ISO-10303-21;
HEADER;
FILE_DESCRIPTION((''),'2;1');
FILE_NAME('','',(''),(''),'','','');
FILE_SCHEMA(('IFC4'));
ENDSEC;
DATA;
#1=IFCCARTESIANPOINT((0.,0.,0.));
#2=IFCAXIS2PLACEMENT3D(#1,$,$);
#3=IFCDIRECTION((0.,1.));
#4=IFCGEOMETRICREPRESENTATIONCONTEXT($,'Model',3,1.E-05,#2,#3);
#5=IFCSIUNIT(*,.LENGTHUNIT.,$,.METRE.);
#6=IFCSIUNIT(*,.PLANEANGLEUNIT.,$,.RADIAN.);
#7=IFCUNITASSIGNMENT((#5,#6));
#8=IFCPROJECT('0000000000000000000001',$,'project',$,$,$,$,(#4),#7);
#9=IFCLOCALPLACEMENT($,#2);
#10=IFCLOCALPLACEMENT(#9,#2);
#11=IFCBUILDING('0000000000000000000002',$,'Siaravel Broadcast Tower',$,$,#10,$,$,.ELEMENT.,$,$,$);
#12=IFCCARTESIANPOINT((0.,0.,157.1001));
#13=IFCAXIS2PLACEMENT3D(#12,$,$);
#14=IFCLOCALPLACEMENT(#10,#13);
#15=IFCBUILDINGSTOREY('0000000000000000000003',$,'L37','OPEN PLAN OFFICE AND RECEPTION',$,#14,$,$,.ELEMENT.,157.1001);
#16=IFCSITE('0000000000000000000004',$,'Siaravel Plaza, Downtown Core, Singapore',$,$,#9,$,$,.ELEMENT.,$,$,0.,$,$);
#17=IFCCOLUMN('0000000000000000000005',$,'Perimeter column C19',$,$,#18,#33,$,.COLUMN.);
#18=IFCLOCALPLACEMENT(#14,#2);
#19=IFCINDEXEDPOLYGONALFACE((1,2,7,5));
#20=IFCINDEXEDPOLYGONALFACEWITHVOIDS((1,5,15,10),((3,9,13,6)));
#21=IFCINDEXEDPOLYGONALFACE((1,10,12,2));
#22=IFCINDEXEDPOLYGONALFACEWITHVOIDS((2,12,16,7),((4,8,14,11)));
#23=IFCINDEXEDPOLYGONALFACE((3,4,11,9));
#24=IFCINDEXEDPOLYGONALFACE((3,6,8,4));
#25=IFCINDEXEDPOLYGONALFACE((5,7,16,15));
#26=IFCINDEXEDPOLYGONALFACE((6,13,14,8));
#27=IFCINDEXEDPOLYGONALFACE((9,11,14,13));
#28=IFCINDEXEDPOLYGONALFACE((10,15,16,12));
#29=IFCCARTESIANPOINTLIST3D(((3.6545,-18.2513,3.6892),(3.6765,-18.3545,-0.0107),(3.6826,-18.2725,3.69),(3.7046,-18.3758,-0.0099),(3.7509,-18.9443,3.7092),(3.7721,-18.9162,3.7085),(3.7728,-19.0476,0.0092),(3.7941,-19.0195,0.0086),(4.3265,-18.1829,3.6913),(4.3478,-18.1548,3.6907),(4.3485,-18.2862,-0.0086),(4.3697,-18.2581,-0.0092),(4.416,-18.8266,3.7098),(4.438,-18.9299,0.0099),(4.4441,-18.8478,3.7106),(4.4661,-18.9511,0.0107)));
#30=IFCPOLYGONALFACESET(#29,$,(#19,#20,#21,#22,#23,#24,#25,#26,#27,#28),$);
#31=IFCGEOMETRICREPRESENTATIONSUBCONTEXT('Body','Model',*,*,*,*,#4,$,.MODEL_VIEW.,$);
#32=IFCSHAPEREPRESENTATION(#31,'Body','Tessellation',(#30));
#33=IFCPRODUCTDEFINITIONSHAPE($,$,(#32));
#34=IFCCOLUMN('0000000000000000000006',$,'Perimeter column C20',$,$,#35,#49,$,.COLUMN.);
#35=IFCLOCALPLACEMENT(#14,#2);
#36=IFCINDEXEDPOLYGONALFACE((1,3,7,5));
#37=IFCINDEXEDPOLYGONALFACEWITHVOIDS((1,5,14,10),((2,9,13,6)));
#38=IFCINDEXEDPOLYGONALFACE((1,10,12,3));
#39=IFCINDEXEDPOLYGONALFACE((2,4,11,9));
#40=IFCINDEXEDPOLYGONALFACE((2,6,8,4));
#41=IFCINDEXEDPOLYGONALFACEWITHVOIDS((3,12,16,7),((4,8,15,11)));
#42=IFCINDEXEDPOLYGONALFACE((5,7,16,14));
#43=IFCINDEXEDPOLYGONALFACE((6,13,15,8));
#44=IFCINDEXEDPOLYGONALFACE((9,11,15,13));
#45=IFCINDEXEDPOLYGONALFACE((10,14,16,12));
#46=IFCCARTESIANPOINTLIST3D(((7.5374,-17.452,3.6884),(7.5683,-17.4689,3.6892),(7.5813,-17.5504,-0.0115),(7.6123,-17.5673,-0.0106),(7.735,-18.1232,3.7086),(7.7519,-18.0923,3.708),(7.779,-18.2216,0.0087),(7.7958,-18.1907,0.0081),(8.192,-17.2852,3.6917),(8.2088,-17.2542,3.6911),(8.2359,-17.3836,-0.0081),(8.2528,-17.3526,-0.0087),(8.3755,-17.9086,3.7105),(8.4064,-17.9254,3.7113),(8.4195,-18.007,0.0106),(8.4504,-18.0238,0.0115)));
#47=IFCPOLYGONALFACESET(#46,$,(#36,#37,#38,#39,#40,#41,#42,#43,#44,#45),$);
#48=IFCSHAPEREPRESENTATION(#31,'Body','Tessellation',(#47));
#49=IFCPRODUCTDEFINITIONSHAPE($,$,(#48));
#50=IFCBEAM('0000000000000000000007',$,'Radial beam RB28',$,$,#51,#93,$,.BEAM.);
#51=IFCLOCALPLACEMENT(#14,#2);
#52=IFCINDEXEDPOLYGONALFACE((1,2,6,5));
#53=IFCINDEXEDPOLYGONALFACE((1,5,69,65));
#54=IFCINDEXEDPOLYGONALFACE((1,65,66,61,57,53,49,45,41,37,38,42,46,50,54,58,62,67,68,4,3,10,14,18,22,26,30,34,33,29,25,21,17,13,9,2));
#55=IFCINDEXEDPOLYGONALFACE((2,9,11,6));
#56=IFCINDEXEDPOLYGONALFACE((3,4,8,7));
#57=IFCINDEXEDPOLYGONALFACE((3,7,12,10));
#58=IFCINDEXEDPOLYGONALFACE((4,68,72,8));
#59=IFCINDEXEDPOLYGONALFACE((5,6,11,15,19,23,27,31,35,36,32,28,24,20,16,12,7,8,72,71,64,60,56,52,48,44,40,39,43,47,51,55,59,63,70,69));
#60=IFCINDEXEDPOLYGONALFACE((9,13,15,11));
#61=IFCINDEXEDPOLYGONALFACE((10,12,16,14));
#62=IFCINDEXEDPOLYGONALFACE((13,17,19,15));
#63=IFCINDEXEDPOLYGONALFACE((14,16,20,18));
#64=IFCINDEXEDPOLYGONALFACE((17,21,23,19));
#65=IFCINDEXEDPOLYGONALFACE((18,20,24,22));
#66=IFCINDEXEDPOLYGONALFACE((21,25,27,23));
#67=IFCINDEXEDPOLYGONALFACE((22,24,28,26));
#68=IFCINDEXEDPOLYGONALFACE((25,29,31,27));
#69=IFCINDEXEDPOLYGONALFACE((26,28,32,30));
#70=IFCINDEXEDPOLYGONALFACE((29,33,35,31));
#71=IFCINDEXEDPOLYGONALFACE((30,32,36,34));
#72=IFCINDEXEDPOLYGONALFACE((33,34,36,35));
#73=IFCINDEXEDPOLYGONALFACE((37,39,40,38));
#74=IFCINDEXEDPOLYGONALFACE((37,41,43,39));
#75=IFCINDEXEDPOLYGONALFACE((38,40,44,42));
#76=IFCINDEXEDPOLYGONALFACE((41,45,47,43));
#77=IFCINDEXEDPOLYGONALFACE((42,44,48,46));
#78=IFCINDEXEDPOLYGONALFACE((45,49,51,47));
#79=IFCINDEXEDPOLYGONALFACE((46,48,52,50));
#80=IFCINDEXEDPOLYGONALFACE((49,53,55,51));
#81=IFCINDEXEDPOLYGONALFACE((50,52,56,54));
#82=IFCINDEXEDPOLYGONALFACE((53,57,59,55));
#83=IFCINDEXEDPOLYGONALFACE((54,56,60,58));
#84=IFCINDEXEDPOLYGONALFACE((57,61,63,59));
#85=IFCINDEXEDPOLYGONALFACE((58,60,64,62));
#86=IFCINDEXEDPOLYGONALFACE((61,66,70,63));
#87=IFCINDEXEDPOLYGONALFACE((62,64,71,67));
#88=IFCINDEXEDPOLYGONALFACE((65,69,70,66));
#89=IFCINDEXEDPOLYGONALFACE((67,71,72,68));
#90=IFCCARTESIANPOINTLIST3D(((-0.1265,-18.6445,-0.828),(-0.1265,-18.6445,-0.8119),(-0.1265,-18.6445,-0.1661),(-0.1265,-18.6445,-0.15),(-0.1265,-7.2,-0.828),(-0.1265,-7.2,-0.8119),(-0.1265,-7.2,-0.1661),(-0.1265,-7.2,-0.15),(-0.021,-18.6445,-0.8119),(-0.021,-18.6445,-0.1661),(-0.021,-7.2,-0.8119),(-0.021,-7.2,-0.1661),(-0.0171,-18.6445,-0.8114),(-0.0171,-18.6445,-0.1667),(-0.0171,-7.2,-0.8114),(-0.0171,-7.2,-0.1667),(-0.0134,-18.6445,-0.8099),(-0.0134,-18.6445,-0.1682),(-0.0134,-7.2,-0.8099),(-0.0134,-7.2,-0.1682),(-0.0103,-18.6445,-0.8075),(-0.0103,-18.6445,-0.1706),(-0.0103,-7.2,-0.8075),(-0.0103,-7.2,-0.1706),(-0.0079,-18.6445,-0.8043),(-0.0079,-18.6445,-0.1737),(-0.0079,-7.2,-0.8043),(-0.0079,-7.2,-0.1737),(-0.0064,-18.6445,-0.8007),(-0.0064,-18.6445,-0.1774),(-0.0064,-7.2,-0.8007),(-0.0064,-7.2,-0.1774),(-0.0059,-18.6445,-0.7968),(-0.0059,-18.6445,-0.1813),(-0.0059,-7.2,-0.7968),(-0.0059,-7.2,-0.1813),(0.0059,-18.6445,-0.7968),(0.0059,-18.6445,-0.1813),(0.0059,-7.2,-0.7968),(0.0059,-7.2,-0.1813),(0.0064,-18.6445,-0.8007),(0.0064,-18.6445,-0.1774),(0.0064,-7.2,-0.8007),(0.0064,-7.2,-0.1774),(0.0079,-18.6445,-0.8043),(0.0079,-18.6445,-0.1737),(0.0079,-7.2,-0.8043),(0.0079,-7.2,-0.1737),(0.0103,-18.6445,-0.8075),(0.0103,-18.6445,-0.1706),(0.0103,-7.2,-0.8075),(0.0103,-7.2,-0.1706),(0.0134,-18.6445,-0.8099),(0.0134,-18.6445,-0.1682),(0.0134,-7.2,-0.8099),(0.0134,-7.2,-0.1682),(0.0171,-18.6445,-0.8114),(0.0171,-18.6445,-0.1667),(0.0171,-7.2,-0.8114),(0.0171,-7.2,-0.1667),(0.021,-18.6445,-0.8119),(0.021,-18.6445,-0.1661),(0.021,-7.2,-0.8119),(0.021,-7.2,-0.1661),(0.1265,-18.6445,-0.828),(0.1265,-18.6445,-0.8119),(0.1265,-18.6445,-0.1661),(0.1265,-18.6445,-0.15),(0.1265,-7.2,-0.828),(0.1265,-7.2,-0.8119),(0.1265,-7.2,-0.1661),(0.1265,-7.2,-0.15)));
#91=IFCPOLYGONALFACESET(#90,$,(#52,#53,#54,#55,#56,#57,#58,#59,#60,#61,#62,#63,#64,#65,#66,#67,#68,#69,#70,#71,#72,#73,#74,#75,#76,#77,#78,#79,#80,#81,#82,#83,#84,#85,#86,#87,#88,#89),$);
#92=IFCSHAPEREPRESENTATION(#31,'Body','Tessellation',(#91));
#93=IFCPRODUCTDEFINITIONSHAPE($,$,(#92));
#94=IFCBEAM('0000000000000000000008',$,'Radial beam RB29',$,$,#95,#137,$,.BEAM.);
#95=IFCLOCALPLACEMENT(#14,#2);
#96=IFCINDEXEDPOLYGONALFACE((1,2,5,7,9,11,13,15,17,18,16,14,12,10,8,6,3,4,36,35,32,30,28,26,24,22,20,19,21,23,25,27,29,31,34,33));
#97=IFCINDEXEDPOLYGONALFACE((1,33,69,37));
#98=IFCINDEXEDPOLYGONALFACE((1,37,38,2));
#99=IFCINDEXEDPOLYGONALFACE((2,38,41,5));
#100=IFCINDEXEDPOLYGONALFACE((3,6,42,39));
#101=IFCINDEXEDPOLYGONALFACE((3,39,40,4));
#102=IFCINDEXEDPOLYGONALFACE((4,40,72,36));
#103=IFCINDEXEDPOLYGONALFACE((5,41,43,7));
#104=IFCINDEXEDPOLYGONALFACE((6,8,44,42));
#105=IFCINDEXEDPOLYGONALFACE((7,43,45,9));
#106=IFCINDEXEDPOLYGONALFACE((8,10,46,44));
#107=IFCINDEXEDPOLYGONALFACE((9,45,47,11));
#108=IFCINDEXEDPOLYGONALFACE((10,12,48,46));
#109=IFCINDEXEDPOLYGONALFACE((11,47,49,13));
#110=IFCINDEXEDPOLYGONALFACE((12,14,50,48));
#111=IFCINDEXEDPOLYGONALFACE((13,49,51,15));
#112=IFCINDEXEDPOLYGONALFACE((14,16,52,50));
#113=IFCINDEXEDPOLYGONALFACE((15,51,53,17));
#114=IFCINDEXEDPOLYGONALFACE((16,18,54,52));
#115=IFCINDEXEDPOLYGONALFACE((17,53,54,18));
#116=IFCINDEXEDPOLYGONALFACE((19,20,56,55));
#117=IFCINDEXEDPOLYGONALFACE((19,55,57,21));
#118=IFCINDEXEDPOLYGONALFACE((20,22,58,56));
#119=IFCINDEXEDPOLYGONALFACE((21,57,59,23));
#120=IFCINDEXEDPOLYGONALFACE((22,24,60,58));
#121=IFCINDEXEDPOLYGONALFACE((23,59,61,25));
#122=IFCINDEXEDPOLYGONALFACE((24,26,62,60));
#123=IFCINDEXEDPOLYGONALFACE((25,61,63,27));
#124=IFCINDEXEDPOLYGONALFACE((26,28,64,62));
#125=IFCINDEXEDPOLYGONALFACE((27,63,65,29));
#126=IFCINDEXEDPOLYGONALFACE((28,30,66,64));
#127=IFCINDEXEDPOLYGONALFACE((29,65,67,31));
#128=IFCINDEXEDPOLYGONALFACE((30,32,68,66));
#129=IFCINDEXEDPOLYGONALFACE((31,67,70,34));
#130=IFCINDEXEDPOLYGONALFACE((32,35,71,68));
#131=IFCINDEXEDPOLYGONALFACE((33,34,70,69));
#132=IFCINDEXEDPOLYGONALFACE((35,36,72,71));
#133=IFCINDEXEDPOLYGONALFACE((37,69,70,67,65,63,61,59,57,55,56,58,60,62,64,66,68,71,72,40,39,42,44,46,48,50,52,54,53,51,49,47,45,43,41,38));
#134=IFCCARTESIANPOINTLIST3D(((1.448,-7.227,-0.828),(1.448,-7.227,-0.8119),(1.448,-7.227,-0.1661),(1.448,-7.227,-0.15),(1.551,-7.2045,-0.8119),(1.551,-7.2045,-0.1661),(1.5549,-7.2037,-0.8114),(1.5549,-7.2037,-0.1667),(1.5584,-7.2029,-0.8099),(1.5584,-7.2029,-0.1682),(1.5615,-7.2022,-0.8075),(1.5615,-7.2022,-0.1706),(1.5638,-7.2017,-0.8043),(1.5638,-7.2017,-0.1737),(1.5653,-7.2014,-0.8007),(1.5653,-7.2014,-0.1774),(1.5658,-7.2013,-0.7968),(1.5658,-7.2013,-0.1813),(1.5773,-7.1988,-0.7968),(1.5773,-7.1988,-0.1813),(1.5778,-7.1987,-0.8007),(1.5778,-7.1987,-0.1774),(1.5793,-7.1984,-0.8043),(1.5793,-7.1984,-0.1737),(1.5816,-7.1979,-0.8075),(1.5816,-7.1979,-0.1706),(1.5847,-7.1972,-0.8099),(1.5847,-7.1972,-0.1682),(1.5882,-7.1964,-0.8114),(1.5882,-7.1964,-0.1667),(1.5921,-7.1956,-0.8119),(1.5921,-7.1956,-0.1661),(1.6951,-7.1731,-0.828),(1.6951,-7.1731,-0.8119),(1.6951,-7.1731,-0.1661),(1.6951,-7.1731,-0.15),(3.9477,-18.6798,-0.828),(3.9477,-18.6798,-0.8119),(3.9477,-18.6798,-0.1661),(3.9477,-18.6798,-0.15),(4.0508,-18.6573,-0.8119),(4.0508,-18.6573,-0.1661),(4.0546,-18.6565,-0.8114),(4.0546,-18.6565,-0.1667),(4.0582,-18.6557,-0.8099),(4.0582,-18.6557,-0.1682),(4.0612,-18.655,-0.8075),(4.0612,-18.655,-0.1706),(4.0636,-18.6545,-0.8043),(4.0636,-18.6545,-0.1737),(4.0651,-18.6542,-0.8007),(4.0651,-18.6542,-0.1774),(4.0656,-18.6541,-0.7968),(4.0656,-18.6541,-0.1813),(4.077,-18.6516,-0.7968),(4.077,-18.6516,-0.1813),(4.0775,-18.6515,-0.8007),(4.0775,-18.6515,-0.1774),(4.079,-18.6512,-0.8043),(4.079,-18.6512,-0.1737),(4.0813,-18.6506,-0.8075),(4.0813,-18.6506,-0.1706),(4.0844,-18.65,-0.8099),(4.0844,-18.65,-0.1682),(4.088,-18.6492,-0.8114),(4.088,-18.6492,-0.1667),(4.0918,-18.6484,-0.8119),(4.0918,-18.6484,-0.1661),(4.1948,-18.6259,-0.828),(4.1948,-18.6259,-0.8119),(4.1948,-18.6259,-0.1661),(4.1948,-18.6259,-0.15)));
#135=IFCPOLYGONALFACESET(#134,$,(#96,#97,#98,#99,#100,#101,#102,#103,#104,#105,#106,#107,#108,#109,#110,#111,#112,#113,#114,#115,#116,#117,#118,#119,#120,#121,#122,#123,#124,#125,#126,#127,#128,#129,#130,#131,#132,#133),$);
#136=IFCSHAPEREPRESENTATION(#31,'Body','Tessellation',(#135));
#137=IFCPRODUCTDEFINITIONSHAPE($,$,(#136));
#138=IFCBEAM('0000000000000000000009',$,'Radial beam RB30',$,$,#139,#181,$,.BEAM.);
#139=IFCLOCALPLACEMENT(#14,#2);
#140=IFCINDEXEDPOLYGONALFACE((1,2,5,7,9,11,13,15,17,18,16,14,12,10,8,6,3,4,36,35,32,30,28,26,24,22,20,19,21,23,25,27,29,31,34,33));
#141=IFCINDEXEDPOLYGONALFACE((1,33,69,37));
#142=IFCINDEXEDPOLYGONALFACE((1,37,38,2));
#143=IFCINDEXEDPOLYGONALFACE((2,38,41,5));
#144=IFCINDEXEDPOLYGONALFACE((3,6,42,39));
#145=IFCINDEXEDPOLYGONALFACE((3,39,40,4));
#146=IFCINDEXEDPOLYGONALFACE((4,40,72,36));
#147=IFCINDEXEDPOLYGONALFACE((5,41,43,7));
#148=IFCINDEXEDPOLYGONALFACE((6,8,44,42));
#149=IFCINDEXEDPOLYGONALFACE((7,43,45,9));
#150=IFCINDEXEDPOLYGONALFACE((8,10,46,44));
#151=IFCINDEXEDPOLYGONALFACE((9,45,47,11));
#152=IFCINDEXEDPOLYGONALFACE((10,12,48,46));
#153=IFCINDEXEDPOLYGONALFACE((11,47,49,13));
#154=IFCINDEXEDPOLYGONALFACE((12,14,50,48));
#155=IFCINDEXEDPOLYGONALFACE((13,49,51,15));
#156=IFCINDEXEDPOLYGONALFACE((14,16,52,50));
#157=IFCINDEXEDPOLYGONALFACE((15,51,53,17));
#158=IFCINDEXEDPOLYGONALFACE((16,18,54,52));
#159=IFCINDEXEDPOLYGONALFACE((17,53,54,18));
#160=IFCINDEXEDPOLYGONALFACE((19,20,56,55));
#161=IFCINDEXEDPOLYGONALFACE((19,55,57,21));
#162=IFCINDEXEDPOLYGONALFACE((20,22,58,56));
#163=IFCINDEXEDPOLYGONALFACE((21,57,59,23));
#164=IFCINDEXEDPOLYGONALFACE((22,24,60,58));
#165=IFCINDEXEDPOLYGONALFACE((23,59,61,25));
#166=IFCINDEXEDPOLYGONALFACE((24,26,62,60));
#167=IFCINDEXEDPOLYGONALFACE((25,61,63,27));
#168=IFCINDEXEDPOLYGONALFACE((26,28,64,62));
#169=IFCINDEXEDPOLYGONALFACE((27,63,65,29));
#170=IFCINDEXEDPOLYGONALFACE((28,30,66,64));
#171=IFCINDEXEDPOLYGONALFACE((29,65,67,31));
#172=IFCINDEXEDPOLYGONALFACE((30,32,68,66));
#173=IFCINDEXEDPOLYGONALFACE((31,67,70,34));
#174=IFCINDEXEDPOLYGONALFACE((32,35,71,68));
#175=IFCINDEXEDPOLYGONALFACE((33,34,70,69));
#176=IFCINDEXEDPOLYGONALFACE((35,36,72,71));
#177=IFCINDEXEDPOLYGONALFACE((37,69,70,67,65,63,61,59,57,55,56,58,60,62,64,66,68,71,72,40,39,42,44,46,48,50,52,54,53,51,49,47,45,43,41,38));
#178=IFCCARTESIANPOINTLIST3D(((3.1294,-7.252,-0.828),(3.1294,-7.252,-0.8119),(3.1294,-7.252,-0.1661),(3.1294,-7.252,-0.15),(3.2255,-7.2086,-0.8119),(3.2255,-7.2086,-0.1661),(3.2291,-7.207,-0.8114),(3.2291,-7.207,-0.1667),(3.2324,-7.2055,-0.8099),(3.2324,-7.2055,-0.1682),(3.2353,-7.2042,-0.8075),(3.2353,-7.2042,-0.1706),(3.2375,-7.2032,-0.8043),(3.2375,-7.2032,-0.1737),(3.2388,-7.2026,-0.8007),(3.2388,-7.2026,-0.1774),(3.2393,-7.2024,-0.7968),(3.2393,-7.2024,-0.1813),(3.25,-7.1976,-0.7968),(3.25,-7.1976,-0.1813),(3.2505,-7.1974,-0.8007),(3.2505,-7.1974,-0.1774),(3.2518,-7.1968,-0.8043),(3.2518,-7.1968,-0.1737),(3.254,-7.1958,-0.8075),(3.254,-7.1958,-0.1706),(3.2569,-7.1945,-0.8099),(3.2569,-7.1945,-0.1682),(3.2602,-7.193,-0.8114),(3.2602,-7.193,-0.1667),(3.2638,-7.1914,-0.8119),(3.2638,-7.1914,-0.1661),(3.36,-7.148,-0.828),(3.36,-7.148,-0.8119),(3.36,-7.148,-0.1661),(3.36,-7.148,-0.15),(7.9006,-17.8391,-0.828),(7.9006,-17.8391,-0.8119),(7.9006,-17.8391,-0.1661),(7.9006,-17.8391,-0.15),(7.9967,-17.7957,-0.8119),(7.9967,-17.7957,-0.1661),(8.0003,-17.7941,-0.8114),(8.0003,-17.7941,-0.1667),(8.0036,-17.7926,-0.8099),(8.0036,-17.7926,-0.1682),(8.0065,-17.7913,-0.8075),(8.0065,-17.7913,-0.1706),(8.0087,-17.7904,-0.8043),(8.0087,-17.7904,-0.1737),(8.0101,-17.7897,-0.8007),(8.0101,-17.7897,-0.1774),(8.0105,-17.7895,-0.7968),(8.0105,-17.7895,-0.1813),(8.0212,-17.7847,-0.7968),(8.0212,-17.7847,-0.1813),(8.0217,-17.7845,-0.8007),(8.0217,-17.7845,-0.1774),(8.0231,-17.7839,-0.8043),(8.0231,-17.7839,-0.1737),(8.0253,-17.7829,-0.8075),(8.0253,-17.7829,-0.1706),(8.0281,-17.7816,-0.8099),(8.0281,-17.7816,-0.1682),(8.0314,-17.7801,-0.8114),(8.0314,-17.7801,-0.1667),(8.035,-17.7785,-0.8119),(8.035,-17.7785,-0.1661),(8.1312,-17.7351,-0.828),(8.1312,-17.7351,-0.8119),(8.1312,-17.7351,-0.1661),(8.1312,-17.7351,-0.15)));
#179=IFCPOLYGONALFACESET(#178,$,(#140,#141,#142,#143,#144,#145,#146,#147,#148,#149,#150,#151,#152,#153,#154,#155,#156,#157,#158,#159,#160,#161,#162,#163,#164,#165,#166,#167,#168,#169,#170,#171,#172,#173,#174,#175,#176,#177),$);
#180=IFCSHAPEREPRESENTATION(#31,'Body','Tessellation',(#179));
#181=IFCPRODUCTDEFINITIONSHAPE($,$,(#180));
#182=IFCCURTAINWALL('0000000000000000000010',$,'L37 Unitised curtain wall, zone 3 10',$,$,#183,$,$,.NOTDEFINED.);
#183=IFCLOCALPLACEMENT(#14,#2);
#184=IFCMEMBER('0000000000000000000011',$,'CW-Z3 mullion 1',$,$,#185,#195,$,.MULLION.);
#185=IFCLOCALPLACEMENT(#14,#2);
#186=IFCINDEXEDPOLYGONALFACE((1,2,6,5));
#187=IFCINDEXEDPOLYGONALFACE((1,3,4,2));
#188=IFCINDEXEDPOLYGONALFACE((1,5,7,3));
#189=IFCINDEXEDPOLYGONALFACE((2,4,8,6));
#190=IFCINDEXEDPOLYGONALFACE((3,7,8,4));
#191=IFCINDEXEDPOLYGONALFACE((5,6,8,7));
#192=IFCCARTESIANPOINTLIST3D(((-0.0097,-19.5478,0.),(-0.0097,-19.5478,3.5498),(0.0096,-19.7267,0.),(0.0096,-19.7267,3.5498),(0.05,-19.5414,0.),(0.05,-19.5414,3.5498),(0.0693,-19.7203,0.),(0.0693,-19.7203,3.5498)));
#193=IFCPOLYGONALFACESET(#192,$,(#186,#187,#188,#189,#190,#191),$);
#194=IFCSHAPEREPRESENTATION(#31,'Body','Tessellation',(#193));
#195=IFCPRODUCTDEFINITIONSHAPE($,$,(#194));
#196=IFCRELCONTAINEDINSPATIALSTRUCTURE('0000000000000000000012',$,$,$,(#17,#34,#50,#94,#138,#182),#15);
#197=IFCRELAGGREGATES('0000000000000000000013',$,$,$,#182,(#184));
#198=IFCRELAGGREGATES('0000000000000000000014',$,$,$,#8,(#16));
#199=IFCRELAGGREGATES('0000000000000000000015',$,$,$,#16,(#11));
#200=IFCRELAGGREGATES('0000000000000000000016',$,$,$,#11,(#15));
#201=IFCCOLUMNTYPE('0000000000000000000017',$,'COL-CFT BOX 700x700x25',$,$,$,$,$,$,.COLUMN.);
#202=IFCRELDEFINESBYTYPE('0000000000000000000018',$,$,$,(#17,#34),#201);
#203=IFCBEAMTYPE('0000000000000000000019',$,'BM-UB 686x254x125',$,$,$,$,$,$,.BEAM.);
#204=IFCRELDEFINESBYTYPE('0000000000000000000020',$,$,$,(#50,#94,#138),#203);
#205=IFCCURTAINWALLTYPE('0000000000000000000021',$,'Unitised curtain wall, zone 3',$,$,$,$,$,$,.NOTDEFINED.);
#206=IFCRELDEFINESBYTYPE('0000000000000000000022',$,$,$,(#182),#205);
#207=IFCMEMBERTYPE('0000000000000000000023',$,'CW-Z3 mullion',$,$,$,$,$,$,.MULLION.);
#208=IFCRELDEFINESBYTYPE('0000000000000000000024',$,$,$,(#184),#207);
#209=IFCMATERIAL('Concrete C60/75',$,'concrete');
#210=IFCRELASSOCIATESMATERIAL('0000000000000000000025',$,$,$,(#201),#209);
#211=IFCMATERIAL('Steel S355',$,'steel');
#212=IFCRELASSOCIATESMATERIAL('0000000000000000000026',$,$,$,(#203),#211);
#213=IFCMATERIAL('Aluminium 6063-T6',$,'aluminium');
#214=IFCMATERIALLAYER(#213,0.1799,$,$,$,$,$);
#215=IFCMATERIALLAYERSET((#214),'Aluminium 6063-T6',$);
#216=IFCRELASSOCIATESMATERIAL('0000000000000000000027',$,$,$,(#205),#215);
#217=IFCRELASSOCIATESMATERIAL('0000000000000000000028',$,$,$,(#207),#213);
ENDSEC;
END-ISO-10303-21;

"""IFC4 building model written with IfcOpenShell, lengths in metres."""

from ifc_helpers import new_model, si_unit, direction, frame, origin, origin_2d, place, context, subcontext, project, spatial, rectangle, hollow_rectangle, i_section, extrude, material, layer, layer_set, material_profile, profile_set, type_object, element, aggregate, save


model = new_model("IFC4")

# Units and contexts
model_context = context("Model", 3, precision=1e-05, world=origin(), true_north=direction((0.0, 1.0)))
body_context = subcontext(model_context, "Body", "Model", "MODEL_VIEW")
ifc_project = project(units=[si_unit("LENGTHUNIT", "METRE"), si_unit("PLANEANGLEUNIT", "RADIAN")], contexts=[model_context])

# Site, building, storey
site_placement = place(None, origin())
site = spatial("IfcSite", under=ifc_project, at=site_placement, Name="Siaravel Plaza, Downtown Core, Singapore", CompositionType="ELEMENT", RefElevation=0.0)
building_placement = place(site_placement, origin())
building = spatial("IfcBuilding", under=site, at=building_placement, Name="Siaravel Broadcast Tower", CompositionType="ELEMENT")
storey_placement = place(building_placement, frame((0.0, 0.0, 157.1001)))
storey = spatial("IfcBuildingStorey", under=building, at=storey_placement, Name="L37", Description="OPEN PLAN OFFICE AND RECEPTION", CompositionType="ELEMENT", Elevation=157.1001)

# Columns
ifc_material_1 = material(Name="Concrete C60/75", Category="concrete")
ifc_material_profile_1 = material_profile(ifc_material_1, hollow_rectangle(XDim=0.7, YDim=0.7, WallThickness=0.0249, at=origin_2d()))
ifc_profile_set_1 = profile_set([ifc_material_profile_1], Name="Concrete C60/75")
column_type = type_object("IfcColumnType", Name="COL-CFT BOX 700x700x25", PredefinedType="COLUMN", material=ifc_profile_set_1)
for number, where, z_axis, x_axis, name in (
    (1, (4.0713, -18.6528, 0.0), (-0.005936, 0.0279, 0.999593), (-0.990461, -0.137775, -0.002036), "Perimeter column C19"),
    (2, (8.0159, -17.7871, 0.0), (-0.011872, 0.026581, 0.999576), (-0.959242, -0.282559, -0.003879), "Perimeter column C20"),
):
    element("IfcColumn", number, at=place(storey_placement, frame(where, z_axis=z_axis, x_axis=x_axis)), inside=storey, type_object=column_type, Name=name, PredefinedType="COLUMN", context=body_context, shape_type="SweptSolid", body=[
        extrude(hollow_rectangle(XDim=0.7, YDim=0.7, WallThickness=0.0249, at=origin_2d()), origin(), (0.0, 0.0, 1.0), 3.7014),
    ])

# Beams
ifc_material_2 = material(Name="Steel S355", Category="steel")
ifc_material_profile_2 = material_profile(ifc_material_2, i_section(OverallWidth=0.2529, OverallDepth=0.678, WebThickness=0.0117, FlangeThickness=0.0161, FilletRadius=0.0151, at=origin_2d()))
ifc_profile_set_2 = profile_set([ifc_material_profile_2], Name="Steel S355")
beam_type = type_object("IfcBeamType", Name="BM-UB 686x254x125", PredefinedType="BEAM", material=ifc_profile_set_2)
beam_1_placement = place(storey_placement, frame((0.0, -18.6445, -0.489), z_axis=(0.0, 1.0, 0.0), x_axis=(-1.0, 0.0, 0.0)))
element("IfcBeam", 3, at=beam_1_placement, inside=storey, type_object=beam_type, Name="Radial beam RB28", PredefinedType="BEAM", context=body_context, shape_type="SweptSolid", body=[
    extrude(i_section(OverallWidth=0.2529, OverallDepth=0.678, WebThickness=0.0117, FlangeThickness=0.0161, FilletRadius=0.0151, at=origin_2d()), origin(), (0.0, 0.0, 1.0), 11.4446),
])
beam_2_placement = place(storey_placement, frame((4.0713, -18.6528, -0.489), z_axis=(-0.213244, 0.976999, 0.0), x_axis=(-0.976999, -0.213244, 0.0)))
element("IfcBeam", 4, at=beam_2_placement, inside=storey, type_object=beam_type, Name="Radial beam RB29", PredefinedType="BEAM", context=body_context, shape_type="SweptSolid", body=[
    extrude(i_section(OverallWidth=0.2529, OverallDepth=0.678, WebThickness=0.0117, FlangeThickness=0.0161, FilletRadius=0.0151, at=origin_2d()), origin(), (0.0, 0.0, 1.0), 11.7224),
])
beam_3_placement = place(storey_placement, frame((8.0159, -17.7871, -0.489), z_axis=(-0.410867, 0.911695, 0.0), x_axis=(-0.911695, -0.410867, 0.0)))
element("IfcBeam", 5, at=beam_3_placement, inside=storey, type_object=beam_type, Name="Radial beam RB30", PredefinedType="BEAM", context=body_context, shape_type="SweptSolid", body=[
    extrude(i_section(OverallWidth=0.2529, OverallDepth=0.678, WebThickness=0.0117, FlangeThickness=0.0161, FilletRadius=0.0151, at=origin_2d()), origin(), (0.0, 0.0, 1.0), 11.6125),
])

# Curtain wall, member
ifc_material_3 = material(Name="Aluminium 6063-T6", Category="aluminium")
ifc_layer_1 = layer(ifc_material_3, 0.1799)
ifc_layer_set_1 = layer_set([ifc_layer_1], Name="Aluminium 6063-T6")
curtain_wall_type = type_object("IfcCurtainWallType", Name="Unitised curtain wall, zone 3", PredefinedType="NOTDEFINED", material=ifc_layer_set_1)
curtain_wall_placement = place(storey_placement, origin())
curtain_wall = element("IfcCurtainWall", 6, at=curtain_wall_placement, inside=storey, type_object=curtain_wall_type, Name="L37 Unitised curtain wall, zone 3 10", PredefinedType="NOTDEFINED")
ifc_material_profile_3 = material_profile(ifc_material_3, rectangle(XDim=0.1799, YDim=0.0601, at=origin_2d()))
ifc_profile_set_3 = profile_set([ifc_material_profile_3], Name="Aluminium 6063-T6")
member_type_1 = type_object("IfcMemberType", Name="CW-Z3 mullion", PredefinedType="MULLION", material=ifc_profile_set_3)
member_1_placement = place(storey_placement, frame((0.0298, -19.634, 0.0), z_axis=(0.0, 0.0, 1.0), x_axis=(-0.107218, 0.994236, 0.0)))
member_1 = element("IfcMember", 7, at=member_1_placement, type_object=member_type_1, Name="CW-Z3 mullion 1", PredefinedType="MULLION", context=body_context, shape_type="SweptSolid", body=[
    extrude(rectangle(XDim=0.1799, YDim=0.0601, at=origin_2d()), origin(), (0.0, 0.0, 1.0), 3.5498),
])

aggregate(curtain_wall, [member_1])

save(model, "model.ifc")
